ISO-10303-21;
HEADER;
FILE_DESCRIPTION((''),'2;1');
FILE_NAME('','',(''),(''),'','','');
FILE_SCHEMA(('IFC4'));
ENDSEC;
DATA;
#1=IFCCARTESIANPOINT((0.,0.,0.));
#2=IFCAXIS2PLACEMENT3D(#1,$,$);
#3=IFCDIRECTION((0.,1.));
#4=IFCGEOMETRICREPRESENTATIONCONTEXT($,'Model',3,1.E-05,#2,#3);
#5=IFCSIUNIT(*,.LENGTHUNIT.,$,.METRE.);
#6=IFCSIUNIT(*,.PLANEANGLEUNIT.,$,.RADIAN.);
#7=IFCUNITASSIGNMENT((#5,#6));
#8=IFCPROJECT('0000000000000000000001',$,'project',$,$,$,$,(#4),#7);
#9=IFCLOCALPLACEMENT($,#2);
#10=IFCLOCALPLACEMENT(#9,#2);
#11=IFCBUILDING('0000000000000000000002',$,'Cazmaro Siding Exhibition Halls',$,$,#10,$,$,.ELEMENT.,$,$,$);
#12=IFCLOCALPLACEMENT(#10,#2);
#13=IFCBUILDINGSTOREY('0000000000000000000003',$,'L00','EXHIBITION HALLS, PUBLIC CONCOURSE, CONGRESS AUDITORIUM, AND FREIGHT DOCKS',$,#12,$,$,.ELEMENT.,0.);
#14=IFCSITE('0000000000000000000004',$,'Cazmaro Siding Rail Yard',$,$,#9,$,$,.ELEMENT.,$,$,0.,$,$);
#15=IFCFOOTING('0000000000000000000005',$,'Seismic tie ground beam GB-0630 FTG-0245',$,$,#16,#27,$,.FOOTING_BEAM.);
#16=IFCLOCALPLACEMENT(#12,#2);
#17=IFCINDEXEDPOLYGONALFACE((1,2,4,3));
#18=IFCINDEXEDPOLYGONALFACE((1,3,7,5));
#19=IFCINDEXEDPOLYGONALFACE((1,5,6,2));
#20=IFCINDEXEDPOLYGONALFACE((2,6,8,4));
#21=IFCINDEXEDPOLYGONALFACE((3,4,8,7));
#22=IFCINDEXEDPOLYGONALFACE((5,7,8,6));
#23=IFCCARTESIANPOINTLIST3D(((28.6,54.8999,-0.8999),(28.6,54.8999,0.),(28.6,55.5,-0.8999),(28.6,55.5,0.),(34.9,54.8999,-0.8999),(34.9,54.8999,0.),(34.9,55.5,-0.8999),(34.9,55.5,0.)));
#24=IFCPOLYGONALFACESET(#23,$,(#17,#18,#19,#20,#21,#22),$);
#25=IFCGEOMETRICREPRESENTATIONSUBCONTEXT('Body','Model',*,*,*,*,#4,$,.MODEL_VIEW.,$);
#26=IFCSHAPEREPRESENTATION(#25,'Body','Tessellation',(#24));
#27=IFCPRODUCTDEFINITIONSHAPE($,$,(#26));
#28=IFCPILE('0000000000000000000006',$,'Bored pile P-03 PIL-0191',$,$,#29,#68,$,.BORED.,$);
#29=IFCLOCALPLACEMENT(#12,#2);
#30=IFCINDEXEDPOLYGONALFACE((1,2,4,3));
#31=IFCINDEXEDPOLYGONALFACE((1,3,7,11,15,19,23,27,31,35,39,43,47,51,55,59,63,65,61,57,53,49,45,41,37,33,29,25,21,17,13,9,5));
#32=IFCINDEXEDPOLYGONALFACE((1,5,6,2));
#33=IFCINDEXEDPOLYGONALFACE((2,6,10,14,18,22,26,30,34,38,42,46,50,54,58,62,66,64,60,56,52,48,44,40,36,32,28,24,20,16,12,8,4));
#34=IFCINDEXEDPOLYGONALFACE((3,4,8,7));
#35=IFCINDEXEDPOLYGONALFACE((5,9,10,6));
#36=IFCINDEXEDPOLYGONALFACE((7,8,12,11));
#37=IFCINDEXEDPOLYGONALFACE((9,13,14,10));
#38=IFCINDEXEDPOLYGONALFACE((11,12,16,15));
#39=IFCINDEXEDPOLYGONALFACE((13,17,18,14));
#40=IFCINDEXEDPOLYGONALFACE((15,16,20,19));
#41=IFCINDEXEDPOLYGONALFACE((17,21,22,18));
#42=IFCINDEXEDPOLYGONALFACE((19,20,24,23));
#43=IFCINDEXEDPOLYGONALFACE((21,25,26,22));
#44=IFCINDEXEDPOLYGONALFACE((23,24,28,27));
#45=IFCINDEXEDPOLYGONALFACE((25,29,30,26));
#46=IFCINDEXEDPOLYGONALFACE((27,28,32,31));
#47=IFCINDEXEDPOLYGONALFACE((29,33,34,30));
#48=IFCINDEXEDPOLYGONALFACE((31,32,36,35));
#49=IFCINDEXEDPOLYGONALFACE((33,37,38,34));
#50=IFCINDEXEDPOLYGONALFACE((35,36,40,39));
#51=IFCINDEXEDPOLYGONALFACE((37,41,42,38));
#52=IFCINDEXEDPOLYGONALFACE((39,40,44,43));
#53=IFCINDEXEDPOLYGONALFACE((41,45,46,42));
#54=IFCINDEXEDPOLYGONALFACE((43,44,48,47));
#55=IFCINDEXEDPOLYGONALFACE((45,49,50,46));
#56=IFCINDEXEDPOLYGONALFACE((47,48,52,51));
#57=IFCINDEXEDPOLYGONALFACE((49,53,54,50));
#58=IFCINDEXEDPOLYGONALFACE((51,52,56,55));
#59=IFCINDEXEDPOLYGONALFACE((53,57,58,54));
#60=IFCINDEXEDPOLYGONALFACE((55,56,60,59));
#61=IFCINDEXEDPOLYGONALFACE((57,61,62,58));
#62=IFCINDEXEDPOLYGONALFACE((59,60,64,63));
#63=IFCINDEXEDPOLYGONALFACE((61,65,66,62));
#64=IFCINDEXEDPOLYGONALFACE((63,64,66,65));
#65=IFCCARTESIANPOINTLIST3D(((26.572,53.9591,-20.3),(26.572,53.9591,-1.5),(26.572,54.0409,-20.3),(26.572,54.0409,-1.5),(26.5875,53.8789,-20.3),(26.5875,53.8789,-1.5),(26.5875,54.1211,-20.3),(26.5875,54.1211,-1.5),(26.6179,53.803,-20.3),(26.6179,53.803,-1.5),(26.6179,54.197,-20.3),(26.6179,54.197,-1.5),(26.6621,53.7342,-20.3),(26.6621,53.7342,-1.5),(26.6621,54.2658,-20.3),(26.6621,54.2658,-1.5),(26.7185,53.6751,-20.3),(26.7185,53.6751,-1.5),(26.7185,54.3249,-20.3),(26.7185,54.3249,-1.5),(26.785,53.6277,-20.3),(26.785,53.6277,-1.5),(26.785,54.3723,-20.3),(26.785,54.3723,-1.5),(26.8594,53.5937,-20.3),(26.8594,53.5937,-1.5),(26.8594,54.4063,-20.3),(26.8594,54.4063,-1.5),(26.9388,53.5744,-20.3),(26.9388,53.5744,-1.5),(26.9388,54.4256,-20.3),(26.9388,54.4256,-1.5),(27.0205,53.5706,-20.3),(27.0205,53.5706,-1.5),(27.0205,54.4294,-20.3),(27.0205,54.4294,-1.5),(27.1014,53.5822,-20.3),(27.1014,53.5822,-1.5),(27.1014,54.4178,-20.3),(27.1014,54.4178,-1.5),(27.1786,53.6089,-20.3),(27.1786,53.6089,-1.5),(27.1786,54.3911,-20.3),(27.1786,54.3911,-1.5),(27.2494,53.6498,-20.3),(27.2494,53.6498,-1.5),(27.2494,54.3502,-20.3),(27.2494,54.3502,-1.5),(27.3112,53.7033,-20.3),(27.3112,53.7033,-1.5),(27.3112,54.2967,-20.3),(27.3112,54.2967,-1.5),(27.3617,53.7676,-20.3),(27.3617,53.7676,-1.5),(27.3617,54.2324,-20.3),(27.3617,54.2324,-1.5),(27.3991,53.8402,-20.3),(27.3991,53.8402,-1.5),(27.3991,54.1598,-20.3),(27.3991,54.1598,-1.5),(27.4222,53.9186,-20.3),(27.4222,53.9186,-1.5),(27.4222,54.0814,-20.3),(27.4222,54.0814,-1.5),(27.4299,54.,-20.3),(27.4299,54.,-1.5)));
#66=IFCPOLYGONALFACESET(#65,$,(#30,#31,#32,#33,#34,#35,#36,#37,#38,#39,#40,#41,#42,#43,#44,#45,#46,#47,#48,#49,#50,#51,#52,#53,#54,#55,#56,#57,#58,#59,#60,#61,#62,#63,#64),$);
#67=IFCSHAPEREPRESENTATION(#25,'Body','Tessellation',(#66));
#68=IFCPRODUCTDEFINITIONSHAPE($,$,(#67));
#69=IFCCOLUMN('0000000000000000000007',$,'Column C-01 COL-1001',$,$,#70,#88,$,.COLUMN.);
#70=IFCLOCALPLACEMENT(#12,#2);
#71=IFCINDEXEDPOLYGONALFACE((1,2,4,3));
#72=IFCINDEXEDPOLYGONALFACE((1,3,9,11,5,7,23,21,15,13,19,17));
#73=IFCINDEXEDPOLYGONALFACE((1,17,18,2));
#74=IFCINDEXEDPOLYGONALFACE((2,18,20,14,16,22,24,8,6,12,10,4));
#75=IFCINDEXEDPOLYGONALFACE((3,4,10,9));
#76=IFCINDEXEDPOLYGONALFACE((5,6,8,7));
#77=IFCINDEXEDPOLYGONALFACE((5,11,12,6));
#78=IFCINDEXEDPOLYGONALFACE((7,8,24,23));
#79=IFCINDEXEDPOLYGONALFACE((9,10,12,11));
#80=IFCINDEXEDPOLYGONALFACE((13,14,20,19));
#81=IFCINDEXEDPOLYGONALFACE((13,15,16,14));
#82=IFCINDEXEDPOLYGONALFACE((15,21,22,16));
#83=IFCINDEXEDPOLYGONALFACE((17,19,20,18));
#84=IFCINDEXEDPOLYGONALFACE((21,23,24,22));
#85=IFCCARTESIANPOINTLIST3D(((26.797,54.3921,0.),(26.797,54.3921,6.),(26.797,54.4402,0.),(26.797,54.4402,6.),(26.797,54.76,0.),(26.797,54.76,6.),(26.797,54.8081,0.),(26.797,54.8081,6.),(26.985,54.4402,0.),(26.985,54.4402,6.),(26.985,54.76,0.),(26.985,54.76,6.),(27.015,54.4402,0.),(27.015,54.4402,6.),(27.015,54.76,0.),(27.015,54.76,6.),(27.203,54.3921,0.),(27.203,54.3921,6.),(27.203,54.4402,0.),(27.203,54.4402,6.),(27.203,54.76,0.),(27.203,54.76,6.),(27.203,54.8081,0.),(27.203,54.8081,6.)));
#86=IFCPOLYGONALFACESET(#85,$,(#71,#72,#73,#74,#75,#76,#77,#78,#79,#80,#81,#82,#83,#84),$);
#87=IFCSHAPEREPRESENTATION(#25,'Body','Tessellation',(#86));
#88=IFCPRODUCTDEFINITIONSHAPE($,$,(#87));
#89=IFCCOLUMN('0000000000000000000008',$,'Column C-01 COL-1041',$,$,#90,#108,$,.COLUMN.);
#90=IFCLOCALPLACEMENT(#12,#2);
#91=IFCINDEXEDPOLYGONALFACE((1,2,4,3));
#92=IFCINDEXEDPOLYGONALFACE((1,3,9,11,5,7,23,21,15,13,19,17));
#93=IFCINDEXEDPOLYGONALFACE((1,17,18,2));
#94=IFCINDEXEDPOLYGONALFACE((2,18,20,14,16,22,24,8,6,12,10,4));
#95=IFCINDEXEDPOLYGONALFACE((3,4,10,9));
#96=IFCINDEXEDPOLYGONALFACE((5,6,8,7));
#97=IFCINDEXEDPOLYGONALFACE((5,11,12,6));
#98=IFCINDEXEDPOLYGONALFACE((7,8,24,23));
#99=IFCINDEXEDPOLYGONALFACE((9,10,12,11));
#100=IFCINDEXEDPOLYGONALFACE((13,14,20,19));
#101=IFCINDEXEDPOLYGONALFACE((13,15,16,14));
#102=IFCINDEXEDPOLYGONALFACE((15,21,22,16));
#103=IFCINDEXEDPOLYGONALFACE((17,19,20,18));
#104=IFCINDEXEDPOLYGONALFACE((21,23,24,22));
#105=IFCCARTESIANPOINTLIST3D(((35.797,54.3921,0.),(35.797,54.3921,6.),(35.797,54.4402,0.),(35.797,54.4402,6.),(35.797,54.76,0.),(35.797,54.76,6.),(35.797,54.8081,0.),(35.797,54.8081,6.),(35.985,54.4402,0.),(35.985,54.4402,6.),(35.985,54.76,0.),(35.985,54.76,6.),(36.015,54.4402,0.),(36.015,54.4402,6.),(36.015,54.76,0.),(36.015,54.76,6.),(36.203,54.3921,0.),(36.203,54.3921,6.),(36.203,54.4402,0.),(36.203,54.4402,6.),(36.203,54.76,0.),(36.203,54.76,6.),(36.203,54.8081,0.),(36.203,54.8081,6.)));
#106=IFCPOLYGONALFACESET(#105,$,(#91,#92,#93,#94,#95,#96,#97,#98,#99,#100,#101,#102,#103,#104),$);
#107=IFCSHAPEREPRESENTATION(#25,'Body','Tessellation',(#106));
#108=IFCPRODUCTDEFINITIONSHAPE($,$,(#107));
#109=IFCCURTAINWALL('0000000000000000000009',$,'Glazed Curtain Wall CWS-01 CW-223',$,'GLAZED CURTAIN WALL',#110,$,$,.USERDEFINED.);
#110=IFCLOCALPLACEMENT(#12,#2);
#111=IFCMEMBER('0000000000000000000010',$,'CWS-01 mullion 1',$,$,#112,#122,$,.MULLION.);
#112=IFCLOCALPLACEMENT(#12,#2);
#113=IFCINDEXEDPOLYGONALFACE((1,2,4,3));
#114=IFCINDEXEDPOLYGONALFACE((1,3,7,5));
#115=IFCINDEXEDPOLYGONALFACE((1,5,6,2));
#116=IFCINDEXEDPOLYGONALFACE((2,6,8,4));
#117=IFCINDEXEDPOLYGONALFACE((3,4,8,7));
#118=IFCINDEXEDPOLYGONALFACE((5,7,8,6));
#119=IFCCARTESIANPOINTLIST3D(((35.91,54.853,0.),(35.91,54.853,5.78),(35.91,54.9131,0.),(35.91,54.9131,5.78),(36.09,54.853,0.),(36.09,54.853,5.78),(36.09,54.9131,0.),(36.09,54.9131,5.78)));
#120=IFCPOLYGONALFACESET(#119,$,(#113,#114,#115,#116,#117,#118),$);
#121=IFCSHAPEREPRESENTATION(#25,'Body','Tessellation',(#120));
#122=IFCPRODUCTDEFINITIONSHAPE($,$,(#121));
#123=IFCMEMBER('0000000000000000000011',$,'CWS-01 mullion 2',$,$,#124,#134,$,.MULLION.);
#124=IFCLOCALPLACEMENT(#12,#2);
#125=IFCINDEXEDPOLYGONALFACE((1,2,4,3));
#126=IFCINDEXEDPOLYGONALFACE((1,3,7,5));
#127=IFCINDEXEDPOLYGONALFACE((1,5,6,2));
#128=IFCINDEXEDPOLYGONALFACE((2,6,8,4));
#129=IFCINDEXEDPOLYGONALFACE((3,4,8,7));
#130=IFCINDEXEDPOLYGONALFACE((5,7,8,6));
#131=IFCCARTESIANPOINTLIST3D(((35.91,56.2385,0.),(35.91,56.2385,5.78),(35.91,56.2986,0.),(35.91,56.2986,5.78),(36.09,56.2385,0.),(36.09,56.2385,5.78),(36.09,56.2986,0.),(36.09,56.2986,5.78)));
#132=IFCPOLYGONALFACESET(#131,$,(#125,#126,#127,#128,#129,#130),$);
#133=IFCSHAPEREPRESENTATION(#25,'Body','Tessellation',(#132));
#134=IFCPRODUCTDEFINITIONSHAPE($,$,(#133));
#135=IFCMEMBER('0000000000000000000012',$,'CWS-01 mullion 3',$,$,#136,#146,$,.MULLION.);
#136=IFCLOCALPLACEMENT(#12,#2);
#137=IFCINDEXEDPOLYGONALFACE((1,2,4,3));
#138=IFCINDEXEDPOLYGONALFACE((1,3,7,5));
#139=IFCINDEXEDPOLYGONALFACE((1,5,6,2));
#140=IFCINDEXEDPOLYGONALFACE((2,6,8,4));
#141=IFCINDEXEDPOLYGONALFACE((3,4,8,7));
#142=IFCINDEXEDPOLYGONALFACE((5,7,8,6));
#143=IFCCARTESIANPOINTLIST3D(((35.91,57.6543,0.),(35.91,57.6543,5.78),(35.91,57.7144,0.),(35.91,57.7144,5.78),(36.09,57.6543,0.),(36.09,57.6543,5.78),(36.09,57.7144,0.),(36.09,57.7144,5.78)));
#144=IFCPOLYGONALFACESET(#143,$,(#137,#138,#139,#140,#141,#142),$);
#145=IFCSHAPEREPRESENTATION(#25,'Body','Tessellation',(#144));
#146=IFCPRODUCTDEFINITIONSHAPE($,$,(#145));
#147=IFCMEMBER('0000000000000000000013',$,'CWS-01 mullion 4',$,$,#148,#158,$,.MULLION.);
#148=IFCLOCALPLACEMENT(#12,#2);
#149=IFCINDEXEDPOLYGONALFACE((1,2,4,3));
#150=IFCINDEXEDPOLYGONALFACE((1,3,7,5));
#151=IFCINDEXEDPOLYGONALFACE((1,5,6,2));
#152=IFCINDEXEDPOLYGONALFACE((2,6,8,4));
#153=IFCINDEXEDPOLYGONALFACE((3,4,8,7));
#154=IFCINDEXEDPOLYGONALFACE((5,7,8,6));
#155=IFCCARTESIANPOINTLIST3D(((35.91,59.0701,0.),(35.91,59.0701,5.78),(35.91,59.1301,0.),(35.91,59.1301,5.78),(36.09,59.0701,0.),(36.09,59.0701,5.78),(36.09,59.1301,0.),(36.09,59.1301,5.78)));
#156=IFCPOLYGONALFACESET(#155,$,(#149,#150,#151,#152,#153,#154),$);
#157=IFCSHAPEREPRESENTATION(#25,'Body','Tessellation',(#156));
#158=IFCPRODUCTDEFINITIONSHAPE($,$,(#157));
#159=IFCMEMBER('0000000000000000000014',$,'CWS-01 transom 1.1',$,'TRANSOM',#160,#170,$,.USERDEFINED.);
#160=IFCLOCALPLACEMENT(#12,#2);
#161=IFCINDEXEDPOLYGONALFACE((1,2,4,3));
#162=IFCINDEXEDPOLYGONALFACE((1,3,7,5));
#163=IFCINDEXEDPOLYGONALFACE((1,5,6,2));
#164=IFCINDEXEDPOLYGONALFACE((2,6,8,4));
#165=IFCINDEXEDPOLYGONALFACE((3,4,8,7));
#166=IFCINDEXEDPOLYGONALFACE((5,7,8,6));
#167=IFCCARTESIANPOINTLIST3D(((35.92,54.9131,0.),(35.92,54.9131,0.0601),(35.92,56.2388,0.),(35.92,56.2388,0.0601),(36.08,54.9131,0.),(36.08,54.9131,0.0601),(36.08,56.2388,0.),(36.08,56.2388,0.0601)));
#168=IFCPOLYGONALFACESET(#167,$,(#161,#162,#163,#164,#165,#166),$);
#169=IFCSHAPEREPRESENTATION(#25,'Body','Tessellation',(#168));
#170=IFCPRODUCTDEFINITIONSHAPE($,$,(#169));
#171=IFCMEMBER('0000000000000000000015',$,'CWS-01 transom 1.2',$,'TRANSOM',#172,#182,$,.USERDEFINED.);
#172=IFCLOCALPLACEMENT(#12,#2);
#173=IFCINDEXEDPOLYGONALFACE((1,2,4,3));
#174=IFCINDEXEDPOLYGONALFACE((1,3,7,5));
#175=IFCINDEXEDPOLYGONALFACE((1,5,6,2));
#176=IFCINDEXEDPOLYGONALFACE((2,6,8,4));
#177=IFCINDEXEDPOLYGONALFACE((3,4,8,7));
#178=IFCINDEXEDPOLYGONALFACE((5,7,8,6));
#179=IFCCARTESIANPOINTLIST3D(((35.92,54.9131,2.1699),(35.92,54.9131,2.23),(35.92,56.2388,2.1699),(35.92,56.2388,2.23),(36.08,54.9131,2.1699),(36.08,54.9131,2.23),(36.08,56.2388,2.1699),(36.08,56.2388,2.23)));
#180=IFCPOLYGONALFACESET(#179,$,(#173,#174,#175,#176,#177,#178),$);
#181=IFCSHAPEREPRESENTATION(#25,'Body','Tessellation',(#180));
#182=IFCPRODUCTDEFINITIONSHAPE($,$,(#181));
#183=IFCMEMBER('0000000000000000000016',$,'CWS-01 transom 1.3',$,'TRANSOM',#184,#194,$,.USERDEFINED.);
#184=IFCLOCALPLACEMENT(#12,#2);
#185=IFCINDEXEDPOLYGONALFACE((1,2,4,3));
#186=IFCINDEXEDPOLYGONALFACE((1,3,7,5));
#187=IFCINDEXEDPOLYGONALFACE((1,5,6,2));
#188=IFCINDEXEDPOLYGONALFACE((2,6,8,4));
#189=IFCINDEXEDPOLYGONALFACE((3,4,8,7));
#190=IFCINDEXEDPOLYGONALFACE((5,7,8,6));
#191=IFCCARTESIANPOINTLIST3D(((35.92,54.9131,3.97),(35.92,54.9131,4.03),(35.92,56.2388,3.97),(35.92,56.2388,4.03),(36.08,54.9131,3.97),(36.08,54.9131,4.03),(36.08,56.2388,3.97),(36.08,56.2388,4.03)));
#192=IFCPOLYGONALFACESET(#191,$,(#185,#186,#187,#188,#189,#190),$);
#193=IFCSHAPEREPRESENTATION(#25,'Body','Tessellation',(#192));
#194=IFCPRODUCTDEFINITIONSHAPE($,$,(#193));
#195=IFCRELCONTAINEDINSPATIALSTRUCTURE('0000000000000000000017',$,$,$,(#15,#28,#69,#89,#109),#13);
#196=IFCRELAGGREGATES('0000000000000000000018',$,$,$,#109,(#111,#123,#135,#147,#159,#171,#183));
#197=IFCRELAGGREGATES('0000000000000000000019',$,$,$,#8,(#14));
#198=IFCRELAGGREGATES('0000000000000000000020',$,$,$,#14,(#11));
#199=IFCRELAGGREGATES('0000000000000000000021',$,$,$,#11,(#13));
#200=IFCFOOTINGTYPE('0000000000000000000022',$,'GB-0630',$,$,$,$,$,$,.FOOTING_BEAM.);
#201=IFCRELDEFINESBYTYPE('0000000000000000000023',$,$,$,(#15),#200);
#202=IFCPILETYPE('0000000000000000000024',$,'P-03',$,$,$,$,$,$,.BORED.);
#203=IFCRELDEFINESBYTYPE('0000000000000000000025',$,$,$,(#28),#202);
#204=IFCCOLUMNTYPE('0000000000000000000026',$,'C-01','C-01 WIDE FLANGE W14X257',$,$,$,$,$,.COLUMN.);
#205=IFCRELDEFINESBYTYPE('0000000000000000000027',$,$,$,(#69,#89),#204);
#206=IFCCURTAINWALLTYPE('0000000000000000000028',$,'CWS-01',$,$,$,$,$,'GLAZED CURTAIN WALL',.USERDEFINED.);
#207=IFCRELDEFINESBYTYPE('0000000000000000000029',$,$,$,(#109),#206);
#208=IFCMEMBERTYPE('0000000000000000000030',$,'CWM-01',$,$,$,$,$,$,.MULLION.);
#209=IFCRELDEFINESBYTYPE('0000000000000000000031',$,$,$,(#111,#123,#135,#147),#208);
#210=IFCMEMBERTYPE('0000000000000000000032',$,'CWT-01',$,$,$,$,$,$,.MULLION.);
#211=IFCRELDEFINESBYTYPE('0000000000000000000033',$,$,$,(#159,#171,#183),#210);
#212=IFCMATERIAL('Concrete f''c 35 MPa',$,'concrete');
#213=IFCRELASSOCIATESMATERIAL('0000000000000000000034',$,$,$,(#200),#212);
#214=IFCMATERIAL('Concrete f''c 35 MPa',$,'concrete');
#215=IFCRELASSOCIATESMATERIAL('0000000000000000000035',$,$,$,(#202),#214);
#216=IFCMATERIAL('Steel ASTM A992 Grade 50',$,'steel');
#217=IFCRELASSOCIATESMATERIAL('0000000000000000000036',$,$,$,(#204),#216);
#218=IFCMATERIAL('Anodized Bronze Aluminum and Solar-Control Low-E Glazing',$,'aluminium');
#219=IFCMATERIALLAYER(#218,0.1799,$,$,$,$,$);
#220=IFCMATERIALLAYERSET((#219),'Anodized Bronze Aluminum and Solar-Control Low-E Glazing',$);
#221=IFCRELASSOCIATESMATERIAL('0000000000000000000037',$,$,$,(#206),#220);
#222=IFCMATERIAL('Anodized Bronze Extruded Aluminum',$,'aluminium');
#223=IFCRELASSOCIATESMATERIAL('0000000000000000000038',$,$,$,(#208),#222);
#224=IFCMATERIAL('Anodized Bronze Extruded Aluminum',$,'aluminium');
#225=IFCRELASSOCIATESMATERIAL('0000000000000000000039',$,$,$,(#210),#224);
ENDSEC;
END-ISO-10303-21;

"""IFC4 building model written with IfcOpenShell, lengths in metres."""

from ifc_helpers import new_model, si_unit, direction, frame, origin, origin_2d, place, context, subcontext, project, spatial, rectangle, circle, i_section, extrude, material, layer, layer_set, material_profile, profile_set, type_object, element, aggregate, save


model = new_model("IFC4")

# Units and contexts
model_context = context("Model", 3, precision=1e-05, world=origin(), true_north=direction((0.0, 1.0)))
body_context = subcontext(model_context, "Body", "Model", "MODEL_VIEW")
ifc_project = project(units=[si_unit("LENGTHUNIT", "METRE"), si_unit("PLANEANGLEUNIT", "RADIAN")], contexts=[model_context])

# Site, building, storey
site_placement = place(None, origin())
site = spatial("IfcSite", under=ifc_project, at=site_placement, Name="Cazmaro Siding Rail Yard", CompositionType="ELEMENT", RefElevation=0.0)
building_placement = place(site_placement, origin())
building = spatial("IfcBuilding", under=site, at=building_placement, Name="Cazmaro Siding Exhibition Halls", CompositionType="ELEMENT")
storey_placement = place(building_placement, origin())
storey = spatial("IfcBuildingStorey", under=building, at=storey_placement, Name="L00", Description="EXHIBITION HALLS, PUBLIC CONCOURSE, CONGRESS AUDITORIUM, AND FREIGHT DOCKS", CompositionType="ELEMENT", Elevation=0.0)

# Footing
ifc_material_1 = material(Name="Concrete f'c 35 MPa", Category="concrete")
footing_type = type_object("IfcFootingType", Name="GB-0630", PredefinedType="FOOTING_BEAM", material=ifc_material_1)
footing_placement = place(storey_placement, frame((31.75, 55.2, -0.8999), z_axis=(0.0, 0.0, 1.0), x_axis=(1.0, 0.0, 0.0)))
element("IfcFooting", 1, at=footing_placement, inside=storey, type_object=footing_type, Name="Seismic tie ground beam GB-0630 FTG-0245", PredefinedType="FOOTING_BEAM", context=body_context, shape_type="SweptSolid", body=[
    extrude(rectangle(XDim=6.3, YDim=0.6001, at=origin_2d()), origin(), (0.0, 0.0, 1.0), 0.8999),
])

# Pile
ifc_material_2 = material(Name="Concrete f'c 35 MPa", Category="concrete")
ifc_material_profile_1 = material_profile(ifc_material_2, circle(Radius=0.4299, at=origin_2d()), Name="CIDH-860")
ifc_profile_set_1 = profile_set([ifc_material_profile_1], Name="Concrete f'c 35 MPa")
pile_type = type_object("IfcPileType", Name="P-03", PredefinedType="BORED", material=ifc_profile_set_1)
pile_placement = place(storey_placement, frame((27.0, 54.0, -1.5), z_axis=(0.0, 0.0, -1.0), x_axis=(1.0, 0.0, 0.0)))
element("IfcPile", 2, at=pile_placement, inside=storey, type_object=pile_type, Name="Bored pile P-03 PIL-0191", PredefinedType="BORED", context=body_context, shape_type="SweptSolid", body=[
    extrude(circle(Radius=0.4299, at=origin_2d()), origin(), (0.0, 0.0, 1.0), 18.8),
])

# Columns
ifc_material_3 = material(Name="Steel ASTM A992 Grade 50", Category="steel")
ifc_material_profile_2 = material_profile(ifc_material_3, i_section(OverallWidth=0.406, OverallDepth=0.416, WebThickness=0.03, FlangeThickness=0.0481, at=origin_2d()), Name="W14X257")
ifc_profile_set_2 = profile_set([ifc_material_profile_2], Name="Steel ASTM A992 Grade 50")
column_type = type_object("IfcColumnType", Name="C-01", Description="C-01 WIDE FLANGE W14X257", PredefinedType="COLUMN", material=ifc_profile_set_2)
for number, where, z_axis, x_axis, name in (
    (3, (27.0, 54.6001, 0.0), (0.0, 0.0, 1.0), (1.0, 0.0, 0.0), "Column C-01 COL-1001"),
    (4, (36.0, 54.6001, 0.0), (0.0, 0.0, 1.0), (1.0, 0.0, 0.0), "Column C-01 COL-1041"),
):
    element("IfcColumn", number, at=place(storey_placement, frame(where, z_axis=z_axis, x_axis=x_axis)), inside=storey, type_object=column_type, Name=name, PredefinedType="COLUMN", context=body_context, shape_type="SweptSolid", body=[
        extrude(i_section(OverallWidth=0.406, OverallDepth=0.416, WebThickness=0.03, FlangeThickness=0.0481, at=origin_2d()), origin(), (0.0, 0.0, 1.0), 6.0),
    ])

# Curtain wall, members
ifc_material_4 = material(Name="Anodized Bronze Aluminum and Solar-Control Low-E Glazing", Category="aluminium")
ifc_layer_1 = layer(ifc_material_4, 0.1799)
ifc_layer_set_1 = layer_set([ifc_layer_1], Name="Anodized Bronze Aluminum and Solar-Control Low-E Glazing")
curtain_wall_type = type_object("IfcCurtainWallType", Name="CWS-01", ElementType="GLAZED CURTAIN WALL", PredefinedType="USERDEFINED", material=ifc_layer_set_1)
curtain_wall_placement = place(storey_placement, origin())
curtain_wall = element("IfcCurtainWall", 5, at=curtain_wall_placement, inside=storey, type_object=curtain_wall_type, Name="Glazed Curtain Wall CWS-01 CW-223", ObjectType="GLAZED CURTAIN WALL", PredefinedType="USERDEFINED")
ifc_material_5 = material(Name="Anodized Bronze Extruded Aluminum", Category="aluminium")
ifc_material_profile_3 = material_profile(ifc_material_5, rectangle(XDim=0.1799, YDim=0.0601, at=origin_2d()), Name="CWM-01")
ifc_profile_set_3 = profile_set([ifc_material_profile_3], Name="Anodized Bronze Extruded Aluminum")
member_type_1 = type_object("IfcMemberType", Name="CWM-01", PredefinedType="MULLION", material=ifc_profile_set_3)
member_1_placement = place(storey_placement, frame((36.0, 54.8831, 0.0), z_axis=(0.0, 0.0, 1.0), x_axis=(-1.0, 0.0, 0.0)))
member_1 = element("IfcMember", 6, at=member_1_placement, type_object=member_type_1, Name="CWS-01 mullion 1", PredefinedType="MULLION", context=body_context, shape_type="SweptSolid", body=[
    extrude(rectangle(XDim=0.1799, YDim=0.0601, at=origin_2d()), origin(), (0.0, 0.0, 1.0), 5.78),
])
member_2_placement = place(storey_placement, frame((36.0, 56.2686, 0.0), z_axis=(0.0, 0.0, 1.0), x_axis=(-1.0, 0.0, 0.0)))
member_2 = element("IfcMember", 7, at=member_2_placement, type_object=member_type_1, Name="CWS-01 mullion 2", PredefinedType="MULLION", context=body_context, shape_type="SweptSolid", body=[
    extrude(rectangle(XDim=0.1799, YDim=0.0601, at=origin_2d()), origin(), (0.0, 0.0, 1.0), 5.78),
])
member_3_placement = place(storey_placement, frame((36.0, 57.6843, 0.0), z_axis=(0.0, 0.0, 1.0), x_axis=(-1.0, 0.0, 0.0)))
member_3 = element("IfcMember", 8, at=member_3_placement, type_object=member_type_1, Name="CWS-01 mullion 3", PredefinedType="MULLION", context=body_context, shape_type="SweptSolid", body=[
    extrude(rectangle(XDim=0.1799, YDim=0.0601, at=origin_2d()), origin(), (0.0, 0.0, 1.0), 5.78),
])
member_4_placement = place(storey_placement, frame((36.0, 59.1001, 0.0), z_axis=(0.0, 0.0, 1.0), x_axis=(-1.0, 0.0, 0.0)))
member_4 = element("IfcMember", 9, at=member_4_placement, type_object=member_type_1, Name="CWS-01 mullion 4", PredefinedType="MULLION", context=body_context, shape_type="SweptSolid", body=[
    extrude(rectangle(XDim=0.1799, YDim=0.0601, at=origin_2d()), origin(), (0.0, 0.0, 1.0), 5.78),
])
ifc_material_6 = material(Name="Anodized Bronze Extruded Aluminum", Category="aluminium")
ifc_material_profile_4 = material_profile(ifc_material_6, rectangle(XDim=0.1599, YDim=0.0601, at=origin_2d()), Name="CWT-01")
ifc_profile_set_4 = profile_set([ifc_material_profile_4], Name="Anodized Bronze Extruded Aluminum")
member_type_2 = type_object("IfcMemberType", Name="CWT-01", PredefinedType="MULLION", material=ifc_profile_set_4)
member_5_placement = place(storey_placement, frame((36.0, 54.9131, 0.03), z_axis=(0.0, 1.0, 0.0), x_axis=(-1.0, 0.0, 0.0)))
member_5 = element("IfcMember", 10, at=member_5_placement, type_object=member_type_2, Name="CWS-01 transom 1.1", ObjectType="TRANSOM", PredefinedType="USERDEFINED", context=body_context, shape_type="SweptSolid", body=[
    extrude(rectangle(XDim=0.1599, YDim=0.0601, at=origin_2d()), origin(), (0.0, 0.0, 1.0), 1.3257),
])
member_6_placement = place(storey_placement, frame((36.0, 54.9131, 2.2), z_axis=(0.0, 1.0, 0.0), x_axis=(-1.0, 0.0, 0.0)))
member_6 = element("IfcMember", 11, at=member_6_placement, type_object=member_type_2, Name="CWS-01 transom 1.2", ObjectType="TRANSOM", PredefinedType="USERDEFINED", context=body_context, shape_type="SweptSolid", body=[
    extrude(rectangle(XDim=0.1599, YDim=0.0601, at=origin_2d()), origin(), (0.0, 0.0, 1.0), 1.3257),
])
member_7_placement = place(storey_placement, frame((36.0, 54.9131, 4.0), z_axis=(0.0, 1.0, 0.0), x_axis=(-1.0, 0.0, 0.0)))
member_7 = element("IfcMember", 12, at=member_7_placement, type_object=member_type_2, Name="CWS-01 transom 1.3", ObjectType="TRANSOM", PredefinedType="USERDEFINED", context=body_context, shape_type="SweptSolid", body=[
    extrude(rectangle(XDim=0.1599, YDim=0.0601, at=origin_2d()), origin(), (0.0, 0.0, 1.0), 1.3257),
])
aggregate(curtain_wall, [member_1, member_2, member_3, member_4, member_5, member_6, member_7])

save(model, "model.ifc")
